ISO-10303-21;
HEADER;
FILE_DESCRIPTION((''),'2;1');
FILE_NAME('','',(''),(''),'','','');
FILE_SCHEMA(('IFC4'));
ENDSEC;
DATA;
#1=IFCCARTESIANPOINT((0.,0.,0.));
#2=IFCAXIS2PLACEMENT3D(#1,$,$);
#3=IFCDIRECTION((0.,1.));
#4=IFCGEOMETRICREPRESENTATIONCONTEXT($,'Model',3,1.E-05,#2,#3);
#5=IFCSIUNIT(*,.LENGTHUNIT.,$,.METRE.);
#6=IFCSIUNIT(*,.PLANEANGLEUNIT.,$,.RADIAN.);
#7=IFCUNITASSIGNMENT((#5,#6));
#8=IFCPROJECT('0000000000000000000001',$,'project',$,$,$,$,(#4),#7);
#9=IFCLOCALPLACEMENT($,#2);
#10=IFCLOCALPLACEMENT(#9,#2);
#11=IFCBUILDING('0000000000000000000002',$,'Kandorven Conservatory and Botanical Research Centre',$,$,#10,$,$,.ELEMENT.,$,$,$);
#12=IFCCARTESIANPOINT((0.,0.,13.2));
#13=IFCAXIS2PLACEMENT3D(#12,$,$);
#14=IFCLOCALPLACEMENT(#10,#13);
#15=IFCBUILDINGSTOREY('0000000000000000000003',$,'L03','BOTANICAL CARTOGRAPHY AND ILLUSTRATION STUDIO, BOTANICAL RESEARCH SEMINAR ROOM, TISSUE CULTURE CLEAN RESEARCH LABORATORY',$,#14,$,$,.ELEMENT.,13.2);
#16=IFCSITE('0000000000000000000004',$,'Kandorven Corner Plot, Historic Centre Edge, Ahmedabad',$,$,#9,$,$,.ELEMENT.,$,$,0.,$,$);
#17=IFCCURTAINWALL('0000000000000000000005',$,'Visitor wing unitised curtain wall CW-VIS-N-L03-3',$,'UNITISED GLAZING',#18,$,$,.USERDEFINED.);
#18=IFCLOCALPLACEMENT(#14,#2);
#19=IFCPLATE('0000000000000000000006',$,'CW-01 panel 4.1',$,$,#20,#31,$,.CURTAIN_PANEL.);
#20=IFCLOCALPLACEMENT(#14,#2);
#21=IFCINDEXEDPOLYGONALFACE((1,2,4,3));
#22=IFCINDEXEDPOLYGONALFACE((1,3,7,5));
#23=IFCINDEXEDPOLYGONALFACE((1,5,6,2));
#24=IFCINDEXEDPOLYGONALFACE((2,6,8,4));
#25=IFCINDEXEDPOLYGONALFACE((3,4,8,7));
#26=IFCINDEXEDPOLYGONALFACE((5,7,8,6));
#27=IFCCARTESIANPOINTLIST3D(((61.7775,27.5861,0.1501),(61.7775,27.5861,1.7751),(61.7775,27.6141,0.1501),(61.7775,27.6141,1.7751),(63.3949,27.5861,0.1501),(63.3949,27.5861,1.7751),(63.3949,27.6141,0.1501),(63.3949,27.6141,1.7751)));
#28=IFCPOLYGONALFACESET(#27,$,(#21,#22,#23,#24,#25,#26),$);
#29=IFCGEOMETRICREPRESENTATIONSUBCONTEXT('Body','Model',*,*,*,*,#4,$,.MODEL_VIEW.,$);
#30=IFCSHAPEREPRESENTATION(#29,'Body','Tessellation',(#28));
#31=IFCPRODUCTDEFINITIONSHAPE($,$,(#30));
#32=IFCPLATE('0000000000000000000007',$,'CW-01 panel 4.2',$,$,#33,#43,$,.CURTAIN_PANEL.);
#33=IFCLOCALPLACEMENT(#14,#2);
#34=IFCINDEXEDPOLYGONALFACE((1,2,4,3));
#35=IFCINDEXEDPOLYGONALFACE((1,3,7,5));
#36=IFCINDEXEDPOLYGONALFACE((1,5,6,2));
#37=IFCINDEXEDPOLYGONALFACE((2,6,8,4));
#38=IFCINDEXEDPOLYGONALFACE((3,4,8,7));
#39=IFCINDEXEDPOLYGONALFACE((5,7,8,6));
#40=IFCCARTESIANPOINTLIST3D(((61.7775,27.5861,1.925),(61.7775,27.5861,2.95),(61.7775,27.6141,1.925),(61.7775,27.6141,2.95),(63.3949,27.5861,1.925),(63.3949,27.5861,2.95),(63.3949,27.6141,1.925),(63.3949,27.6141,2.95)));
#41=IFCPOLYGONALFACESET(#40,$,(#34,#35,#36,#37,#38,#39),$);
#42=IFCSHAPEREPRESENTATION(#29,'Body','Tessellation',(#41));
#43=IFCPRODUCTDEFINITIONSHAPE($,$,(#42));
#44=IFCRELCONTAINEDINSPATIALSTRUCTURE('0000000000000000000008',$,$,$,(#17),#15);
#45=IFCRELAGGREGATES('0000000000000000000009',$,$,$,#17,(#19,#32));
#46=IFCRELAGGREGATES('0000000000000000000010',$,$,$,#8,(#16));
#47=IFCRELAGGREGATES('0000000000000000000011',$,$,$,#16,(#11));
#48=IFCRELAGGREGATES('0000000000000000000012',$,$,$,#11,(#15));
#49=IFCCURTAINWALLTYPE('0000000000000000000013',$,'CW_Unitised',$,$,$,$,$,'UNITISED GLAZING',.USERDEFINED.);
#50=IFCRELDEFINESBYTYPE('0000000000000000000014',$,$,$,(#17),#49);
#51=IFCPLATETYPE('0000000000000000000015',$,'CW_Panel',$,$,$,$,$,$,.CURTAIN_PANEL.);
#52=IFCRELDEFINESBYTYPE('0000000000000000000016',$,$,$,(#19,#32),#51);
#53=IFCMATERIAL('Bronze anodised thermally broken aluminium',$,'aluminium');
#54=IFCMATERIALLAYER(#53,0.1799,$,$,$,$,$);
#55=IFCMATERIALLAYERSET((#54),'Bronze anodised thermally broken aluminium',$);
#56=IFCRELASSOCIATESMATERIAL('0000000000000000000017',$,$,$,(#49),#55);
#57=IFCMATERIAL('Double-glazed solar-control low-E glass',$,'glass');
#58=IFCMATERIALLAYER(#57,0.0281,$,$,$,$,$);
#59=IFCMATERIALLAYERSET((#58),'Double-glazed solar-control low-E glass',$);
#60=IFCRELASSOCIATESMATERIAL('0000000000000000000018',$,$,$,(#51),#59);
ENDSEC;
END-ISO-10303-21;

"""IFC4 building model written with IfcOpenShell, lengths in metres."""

from ifc_helpers import new_model, si_unit, direction, frame, origin, origin_2d, place, context, subcontext, project, spatial, rectangle, extrude, material, layer, layer_set, type_object, element, aggregate, save


model = new_model("IFC4")

# Units and contexts
model_context = context("Model", 3, precision=1e-05, world=origin(), true_north=direction((0.0, 1.0)))
body_context = subcontext(model_context, "Body", "Model", "MODEL_VIEW")
ifc_project = project(units=[si_unit("LENGTHUNIT", "METRE"), si_unit("PLANEANGLEUNIT", "RADIAN")], contexts=[model_context])

# Site, building, storey
site_placement = place(None, origin())
site = spatial("IfcSite", under=ifc_project, at=site_placement, Name="Kandorven Corner Plot, Historic Centre Edge, Ahmedabad", CompositionType="ELEMENT", RefElevation=0.0)
building_placement = place(site_placement, origin())
building = spatial("IfcBuilding", under=site, at=building_placement, Name="Kandorven Conservatory and Botanical Research Centre", CompositionType="ELEMENT")
storey_placement = place(building_placement, frame((0.0, 0.0, 13.2)))
storey = spatial("IfcBuildingStorey", under=building, at=storey_placement, Name="L03", Description="BOTANICAL CARTOGRAPHY AND ILLUSTRATION STUDIO, BOTANICAL RESEARCH SEMINAR ROOM, TISSUE CULTURE CLEAN RESEARCH LABORATORY", CompositionType="ELEMENT", Elevation=13.2)

# Shared definitions
ifc_material_1 = material(Name="Bronze anodised thermally broken aluminium", Category="aluminium")
ifc_layer_1 = layer(ifc_material_1, 0.1799)
ifc_layer_set_1 = layer_set([ifc_layer_1], Name="Bronze anodised thermally broken aluminium")
curtain_wall_type = type_object("IfcCurtainWallType", Name="CW_Unitised", ElementType="UNITISED GLAZING", PredefinedType="USERDEFINED", material=ifc_layer_set_1)

# Curtain wall
curtain_wall_1_placement = place(storey_placement, origin())
curtain_wall_1 = element("IfcCurtainWall", 1, at=curtain_wall_1_placement, inside=storey, type_object=curtain_wall_type, Name="Visitor wing unitised curtain wall CW-VIS-N-L03-3", ObjectType="UNITISED GLAZING", PredefinedType="USERDEFINED")

# Plates
ifc_material_2 = material(Name="Double-glazed solar-control low-E glass", Category="glass")
ifc_layer_2 = layer(ifc_material_2, 0.0281)
ifc_layer_set_2 = layer_set([ifc_layer_2], Name="Double-glazed solar-control low-E glass")
plate_type = type_object("IfcPlateType", Name="CW_Panel", PredefinedType="CURTAIN_PANEL", material=ifc_layer_set_2)
plate_1_placement = place(storey_placement, frame((62.5862, 27.6001, 0.1501), z_axis=(0.0, 0.0, 1.0), x_axis=(1.0, 0.0, 0.0)))
plate_1 = element("IfcPlate", 2, at=plate_1_placement, type_object=plate_type, Name="CW-01 panel 4.1", PredefinedType="CURTAIN_PANEL", context=body_context, shape_type="SweptSolid", body=[
    extrude(rectangle(XDim=1.6174, YDim=0.0281, at=origin_2d()), origin(), (0.0, 0.0, 1.0), 1.625),
])
plate_2_placement = place(storey_placement, frame((62.5862, 27.6001, 1.925), z_axis=(0.0, 0.0, 1.0), x_axis=(1.0, 0.0, 0.0)))
plate_2 = element("IfcPlate", 3, at=plate_2_placement, type_object=plate_type, Name="CW-01 panel 4.2", PredefinedType="CURTAIN_PANEL", context=body_context, shape_type="SweptSolid", body=[
    extrude(rectangle(XDim=1.6174, YDim=0.0281, at=origin_2d()), origin(), (0.0, 0.0, 1.0), 1.0249),
])
aggregate(curtain_wall_1, [plate_1, plate_2])

save(model, "model.ifc")
